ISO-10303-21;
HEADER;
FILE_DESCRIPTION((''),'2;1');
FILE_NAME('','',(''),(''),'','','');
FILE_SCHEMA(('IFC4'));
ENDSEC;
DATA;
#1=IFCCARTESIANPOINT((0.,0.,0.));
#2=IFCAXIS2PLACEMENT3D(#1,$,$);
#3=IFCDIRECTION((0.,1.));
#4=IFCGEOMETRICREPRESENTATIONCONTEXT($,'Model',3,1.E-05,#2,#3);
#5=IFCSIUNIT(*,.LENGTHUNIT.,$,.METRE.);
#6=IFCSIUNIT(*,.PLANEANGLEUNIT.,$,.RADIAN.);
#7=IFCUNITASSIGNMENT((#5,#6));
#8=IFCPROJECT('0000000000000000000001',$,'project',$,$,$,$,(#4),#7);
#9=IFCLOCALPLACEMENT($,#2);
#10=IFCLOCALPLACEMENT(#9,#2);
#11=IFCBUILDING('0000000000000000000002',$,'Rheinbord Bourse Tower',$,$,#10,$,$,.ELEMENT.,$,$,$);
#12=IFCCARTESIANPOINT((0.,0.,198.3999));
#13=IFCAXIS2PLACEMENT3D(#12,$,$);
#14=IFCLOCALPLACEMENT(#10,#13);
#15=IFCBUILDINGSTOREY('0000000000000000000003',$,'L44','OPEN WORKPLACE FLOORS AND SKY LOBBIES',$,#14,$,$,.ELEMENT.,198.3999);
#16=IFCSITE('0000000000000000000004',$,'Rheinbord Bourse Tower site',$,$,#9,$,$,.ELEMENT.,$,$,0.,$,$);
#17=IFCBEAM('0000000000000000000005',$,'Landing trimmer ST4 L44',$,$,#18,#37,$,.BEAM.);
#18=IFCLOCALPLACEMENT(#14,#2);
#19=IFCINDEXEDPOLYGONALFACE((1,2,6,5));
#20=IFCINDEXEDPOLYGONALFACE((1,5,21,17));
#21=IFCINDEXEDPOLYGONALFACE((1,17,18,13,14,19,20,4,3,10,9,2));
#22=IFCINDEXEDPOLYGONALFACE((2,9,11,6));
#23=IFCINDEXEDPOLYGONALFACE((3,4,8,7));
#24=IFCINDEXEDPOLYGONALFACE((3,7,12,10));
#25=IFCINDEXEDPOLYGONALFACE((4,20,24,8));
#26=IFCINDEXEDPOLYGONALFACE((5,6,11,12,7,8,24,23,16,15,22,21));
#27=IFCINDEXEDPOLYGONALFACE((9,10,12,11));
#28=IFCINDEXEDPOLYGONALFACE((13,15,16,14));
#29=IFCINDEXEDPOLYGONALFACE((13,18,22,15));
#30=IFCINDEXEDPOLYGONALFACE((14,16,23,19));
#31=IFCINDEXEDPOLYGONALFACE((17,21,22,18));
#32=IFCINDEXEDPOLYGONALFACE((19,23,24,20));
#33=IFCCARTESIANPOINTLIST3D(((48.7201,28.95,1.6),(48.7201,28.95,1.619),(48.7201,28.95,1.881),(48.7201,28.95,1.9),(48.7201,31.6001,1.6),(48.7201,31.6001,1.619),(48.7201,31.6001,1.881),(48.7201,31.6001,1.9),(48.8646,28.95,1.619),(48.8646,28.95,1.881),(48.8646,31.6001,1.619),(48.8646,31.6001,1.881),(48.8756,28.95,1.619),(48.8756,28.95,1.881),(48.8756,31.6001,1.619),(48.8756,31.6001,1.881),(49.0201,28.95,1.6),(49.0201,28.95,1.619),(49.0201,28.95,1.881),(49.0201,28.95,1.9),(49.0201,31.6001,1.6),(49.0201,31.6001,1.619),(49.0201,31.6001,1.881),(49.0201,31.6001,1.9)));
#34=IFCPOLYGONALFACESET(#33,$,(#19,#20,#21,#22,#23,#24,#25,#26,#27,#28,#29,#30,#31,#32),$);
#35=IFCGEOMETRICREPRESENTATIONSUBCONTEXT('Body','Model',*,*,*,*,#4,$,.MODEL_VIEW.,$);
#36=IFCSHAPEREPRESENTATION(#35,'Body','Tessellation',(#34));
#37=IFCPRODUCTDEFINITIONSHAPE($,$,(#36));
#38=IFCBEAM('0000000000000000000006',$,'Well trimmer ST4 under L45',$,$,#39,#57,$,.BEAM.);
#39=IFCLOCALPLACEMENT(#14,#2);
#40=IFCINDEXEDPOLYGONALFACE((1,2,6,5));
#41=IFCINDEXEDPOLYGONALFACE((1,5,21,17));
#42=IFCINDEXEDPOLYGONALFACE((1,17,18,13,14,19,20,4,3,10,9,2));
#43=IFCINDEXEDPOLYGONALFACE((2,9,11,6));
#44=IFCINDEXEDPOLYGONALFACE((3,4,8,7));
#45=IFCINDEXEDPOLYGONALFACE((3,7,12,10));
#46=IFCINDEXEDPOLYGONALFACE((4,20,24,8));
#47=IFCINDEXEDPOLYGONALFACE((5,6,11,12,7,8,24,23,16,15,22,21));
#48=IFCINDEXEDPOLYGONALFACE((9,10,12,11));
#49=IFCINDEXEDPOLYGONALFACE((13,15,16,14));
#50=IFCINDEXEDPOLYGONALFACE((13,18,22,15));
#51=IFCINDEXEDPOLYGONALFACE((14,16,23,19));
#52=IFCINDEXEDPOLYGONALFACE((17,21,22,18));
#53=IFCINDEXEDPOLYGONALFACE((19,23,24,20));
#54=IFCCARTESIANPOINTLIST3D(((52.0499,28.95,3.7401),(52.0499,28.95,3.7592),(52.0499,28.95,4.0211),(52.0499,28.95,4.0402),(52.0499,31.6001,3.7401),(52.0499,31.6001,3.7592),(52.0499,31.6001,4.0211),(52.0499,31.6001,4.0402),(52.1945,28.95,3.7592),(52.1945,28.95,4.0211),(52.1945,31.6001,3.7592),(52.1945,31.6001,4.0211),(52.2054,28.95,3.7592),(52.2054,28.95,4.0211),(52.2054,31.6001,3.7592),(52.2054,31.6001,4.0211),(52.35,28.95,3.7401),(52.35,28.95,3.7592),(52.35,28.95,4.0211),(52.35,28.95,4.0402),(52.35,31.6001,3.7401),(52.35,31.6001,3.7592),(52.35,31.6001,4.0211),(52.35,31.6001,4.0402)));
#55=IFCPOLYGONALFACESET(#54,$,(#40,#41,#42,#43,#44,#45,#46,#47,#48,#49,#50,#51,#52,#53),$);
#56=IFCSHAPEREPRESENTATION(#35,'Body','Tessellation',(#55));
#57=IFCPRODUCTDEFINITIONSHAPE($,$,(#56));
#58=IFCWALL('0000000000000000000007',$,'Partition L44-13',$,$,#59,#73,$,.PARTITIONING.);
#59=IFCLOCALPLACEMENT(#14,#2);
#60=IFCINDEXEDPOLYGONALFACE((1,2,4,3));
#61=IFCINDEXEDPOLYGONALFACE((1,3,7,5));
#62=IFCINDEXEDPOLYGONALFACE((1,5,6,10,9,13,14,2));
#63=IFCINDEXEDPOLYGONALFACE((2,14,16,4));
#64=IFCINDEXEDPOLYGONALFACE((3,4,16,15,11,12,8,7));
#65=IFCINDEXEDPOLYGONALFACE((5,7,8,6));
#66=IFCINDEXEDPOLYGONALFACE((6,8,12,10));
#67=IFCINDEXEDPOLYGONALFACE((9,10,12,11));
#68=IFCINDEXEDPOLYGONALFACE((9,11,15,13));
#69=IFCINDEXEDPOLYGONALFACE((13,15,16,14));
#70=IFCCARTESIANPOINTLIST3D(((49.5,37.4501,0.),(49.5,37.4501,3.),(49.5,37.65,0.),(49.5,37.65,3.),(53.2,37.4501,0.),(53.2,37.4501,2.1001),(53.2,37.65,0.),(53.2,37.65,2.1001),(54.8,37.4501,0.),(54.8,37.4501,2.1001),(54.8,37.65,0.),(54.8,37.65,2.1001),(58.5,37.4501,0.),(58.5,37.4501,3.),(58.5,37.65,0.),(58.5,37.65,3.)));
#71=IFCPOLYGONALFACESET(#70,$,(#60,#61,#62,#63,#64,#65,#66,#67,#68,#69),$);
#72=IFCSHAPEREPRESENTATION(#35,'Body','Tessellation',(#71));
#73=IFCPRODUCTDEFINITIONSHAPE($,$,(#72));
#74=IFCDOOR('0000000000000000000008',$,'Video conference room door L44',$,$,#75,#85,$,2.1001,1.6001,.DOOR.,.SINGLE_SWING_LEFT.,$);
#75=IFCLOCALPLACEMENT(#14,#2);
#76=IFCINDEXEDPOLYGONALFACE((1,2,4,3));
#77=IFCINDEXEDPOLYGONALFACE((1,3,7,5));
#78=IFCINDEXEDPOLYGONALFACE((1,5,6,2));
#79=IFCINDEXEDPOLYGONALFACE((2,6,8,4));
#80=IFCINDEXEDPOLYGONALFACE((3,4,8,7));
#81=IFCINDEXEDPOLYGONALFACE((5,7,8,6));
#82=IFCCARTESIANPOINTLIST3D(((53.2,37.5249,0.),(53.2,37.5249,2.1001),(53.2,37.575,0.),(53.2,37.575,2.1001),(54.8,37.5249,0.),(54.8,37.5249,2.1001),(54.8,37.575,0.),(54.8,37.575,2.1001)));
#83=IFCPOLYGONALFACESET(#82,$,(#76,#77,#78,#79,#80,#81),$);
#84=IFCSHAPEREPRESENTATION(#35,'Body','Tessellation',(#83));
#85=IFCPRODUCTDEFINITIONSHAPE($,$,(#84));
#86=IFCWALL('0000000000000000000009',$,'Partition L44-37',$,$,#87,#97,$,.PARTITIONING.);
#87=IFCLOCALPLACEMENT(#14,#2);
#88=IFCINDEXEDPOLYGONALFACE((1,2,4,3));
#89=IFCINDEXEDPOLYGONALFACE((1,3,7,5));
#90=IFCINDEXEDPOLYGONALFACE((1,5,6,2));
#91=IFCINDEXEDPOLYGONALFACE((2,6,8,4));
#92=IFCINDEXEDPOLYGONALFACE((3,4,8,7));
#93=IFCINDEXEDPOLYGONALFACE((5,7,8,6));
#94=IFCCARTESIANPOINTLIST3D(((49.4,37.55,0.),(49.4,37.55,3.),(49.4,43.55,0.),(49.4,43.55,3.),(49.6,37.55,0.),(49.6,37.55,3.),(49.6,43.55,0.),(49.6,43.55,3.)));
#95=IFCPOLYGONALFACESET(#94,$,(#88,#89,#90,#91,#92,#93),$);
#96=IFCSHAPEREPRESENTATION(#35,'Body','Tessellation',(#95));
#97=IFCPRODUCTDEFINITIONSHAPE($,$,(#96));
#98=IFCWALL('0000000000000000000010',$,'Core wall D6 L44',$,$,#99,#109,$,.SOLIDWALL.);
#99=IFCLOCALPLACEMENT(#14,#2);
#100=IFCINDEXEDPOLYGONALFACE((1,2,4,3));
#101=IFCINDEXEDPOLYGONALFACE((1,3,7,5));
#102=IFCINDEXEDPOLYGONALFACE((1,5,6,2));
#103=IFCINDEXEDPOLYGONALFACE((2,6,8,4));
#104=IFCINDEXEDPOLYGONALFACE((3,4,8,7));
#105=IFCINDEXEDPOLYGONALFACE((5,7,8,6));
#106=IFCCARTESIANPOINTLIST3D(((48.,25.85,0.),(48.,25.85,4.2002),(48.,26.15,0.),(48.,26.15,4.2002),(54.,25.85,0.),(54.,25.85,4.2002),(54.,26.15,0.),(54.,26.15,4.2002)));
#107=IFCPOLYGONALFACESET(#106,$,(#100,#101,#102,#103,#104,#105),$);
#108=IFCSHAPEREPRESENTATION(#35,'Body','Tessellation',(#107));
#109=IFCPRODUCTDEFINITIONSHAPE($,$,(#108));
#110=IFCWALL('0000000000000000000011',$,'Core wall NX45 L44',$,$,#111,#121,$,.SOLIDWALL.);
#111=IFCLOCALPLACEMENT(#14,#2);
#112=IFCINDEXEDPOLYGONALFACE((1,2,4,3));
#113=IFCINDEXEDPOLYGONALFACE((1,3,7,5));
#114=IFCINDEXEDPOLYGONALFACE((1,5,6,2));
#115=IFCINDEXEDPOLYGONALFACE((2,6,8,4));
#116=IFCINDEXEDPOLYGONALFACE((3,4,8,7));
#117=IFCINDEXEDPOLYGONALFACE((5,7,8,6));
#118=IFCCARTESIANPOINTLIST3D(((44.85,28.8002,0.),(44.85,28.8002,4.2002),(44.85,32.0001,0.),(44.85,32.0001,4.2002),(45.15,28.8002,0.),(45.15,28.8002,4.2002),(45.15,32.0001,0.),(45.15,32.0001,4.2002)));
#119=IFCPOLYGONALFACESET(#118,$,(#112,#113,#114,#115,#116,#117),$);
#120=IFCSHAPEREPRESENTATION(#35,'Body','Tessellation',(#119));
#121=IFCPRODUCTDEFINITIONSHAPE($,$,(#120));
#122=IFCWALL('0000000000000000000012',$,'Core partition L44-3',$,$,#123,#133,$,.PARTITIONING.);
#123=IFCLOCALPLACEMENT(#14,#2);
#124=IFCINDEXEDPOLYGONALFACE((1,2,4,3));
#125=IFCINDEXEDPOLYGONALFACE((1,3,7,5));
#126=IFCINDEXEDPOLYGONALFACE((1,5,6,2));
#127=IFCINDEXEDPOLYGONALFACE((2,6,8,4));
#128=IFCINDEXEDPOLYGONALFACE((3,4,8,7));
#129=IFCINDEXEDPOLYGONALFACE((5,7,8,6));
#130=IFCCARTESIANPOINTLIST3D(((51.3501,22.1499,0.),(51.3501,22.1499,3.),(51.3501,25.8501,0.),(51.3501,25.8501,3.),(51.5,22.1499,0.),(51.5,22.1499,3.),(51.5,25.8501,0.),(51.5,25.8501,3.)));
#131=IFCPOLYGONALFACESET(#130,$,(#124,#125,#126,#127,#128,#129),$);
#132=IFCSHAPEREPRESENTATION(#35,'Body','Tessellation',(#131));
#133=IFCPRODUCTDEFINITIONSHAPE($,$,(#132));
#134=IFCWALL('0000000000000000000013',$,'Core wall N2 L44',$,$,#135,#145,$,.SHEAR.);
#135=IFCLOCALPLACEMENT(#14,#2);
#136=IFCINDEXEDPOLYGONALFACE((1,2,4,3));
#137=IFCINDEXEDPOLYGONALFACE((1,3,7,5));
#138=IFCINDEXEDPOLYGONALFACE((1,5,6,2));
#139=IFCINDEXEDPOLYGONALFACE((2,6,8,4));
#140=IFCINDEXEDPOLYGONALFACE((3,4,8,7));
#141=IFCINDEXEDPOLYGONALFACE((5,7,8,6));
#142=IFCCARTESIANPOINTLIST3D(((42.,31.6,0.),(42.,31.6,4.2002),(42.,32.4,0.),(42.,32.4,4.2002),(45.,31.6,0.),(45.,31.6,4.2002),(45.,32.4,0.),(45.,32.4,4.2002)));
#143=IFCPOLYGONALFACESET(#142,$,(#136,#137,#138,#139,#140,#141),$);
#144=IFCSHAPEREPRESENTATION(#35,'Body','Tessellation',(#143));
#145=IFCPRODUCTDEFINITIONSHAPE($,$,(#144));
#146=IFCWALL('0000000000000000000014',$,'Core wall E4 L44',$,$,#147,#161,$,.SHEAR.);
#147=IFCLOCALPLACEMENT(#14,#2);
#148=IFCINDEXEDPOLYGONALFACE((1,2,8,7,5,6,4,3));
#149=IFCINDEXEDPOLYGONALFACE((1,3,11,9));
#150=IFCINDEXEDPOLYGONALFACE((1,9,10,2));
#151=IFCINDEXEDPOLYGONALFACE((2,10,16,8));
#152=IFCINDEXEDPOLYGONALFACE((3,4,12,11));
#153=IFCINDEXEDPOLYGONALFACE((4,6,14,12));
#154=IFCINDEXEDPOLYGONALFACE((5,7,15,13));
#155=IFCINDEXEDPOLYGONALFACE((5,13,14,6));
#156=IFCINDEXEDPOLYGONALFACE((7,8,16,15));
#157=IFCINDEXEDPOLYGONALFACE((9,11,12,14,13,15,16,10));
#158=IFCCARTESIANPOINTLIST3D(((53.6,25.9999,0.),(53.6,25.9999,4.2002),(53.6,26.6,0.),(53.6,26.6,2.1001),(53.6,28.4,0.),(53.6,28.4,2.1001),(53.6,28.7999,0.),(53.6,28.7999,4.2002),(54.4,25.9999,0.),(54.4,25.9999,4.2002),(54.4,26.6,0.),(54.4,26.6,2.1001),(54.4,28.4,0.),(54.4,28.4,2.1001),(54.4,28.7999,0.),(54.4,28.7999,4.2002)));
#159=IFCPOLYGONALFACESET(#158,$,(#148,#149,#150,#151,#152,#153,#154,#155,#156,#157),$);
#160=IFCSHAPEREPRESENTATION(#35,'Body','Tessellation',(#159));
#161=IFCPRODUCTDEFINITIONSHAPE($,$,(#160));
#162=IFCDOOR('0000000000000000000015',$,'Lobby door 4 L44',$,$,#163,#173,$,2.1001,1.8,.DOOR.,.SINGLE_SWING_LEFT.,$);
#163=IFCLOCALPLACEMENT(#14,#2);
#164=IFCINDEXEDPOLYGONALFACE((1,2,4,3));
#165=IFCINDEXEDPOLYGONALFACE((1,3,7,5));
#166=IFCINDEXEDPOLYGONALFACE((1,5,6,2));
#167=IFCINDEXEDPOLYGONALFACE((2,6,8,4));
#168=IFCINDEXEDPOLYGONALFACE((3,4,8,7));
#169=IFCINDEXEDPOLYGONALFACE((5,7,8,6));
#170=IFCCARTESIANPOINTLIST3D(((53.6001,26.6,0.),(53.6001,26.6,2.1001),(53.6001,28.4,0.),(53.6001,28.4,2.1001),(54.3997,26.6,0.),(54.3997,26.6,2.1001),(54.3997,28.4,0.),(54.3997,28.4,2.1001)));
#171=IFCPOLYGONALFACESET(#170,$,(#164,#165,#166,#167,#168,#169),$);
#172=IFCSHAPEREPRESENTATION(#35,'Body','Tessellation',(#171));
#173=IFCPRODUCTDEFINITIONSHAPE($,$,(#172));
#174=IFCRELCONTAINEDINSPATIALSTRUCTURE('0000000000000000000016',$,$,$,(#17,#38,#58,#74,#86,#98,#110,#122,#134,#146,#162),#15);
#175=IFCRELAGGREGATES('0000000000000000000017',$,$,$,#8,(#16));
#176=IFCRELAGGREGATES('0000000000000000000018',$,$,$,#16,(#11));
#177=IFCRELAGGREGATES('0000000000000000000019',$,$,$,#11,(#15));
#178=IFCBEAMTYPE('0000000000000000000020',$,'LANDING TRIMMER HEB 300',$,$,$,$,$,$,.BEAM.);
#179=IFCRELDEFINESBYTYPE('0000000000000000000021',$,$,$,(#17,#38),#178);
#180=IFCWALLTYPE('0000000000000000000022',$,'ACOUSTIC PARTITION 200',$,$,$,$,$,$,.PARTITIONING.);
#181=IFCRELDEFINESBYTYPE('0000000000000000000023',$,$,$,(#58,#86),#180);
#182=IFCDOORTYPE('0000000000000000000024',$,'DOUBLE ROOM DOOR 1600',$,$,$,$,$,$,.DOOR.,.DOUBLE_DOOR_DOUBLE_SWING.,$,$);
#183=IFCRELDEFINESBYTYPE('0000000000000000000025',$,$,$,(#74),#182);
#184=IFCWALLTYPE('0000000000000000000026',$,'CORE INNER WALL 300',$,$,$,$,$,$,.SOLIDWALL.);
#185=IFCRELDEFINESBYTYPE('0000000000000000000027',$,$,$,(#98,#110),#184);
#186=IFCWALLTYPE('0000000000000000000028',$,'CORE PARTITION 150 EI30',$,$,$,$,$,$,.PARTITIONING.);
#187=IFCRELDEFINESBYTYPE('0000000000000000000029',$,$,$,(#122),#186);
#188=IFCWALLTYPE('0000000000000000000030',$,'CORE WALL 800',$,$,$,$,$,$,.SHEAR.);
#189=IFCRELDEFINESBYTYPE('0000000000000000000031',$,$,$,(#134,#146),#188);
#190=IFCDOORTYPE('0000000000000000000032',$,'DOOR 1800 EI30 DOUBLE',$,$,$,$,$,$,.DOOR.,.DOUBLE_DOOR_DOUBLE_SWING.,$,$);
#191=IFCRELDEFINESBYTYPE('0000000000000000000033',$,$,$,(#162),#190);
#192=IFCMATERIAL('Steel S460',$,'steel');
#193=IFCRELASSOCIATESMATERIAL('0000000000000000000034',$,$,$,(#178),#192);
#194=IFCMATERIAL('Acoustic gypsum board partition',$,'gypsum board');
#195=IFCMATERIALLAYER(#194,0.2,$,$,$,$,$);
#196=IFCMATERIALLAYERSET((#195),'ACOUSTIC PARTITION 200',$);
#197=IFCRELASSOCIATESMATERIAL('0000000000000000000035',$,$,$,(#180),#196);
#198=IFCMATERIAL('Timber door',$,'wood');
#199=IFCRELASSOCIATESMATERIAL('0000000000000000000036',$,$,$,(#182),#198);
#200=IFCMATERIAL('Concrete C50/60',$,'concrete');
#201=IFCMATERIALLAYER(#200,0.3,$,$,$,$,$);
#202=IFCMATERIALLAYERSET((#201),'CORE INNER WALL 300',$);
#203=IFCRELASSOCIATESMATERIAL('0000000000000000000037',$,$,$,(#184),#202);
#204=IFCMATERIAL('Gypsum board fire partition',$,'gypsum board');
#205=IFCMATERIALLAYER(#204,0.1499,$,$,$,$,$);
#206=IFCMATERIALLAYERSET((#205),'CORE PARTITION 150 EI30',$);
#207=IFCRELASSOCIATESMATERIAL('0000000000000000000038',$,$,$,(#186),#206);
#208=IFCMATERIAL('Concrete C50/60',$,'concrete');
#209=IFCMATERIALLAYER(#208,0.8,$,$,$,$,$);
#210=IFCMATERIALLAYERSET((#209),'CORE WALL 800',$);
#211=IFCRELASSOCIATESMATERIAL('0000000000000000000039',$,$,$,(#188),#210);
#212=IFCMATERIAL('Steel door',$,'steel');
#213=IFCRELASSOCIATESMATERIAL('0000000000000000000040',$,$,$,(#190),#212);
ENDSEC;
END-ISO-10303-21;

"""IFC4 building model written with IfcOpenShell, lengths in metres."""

from ifc_helpers import new_model, si_unit, direction, frame, frame_2d, origin, origin_2d, place, context, subcontext, project, spatial, rectangle, i_section, extrude, material, layer, layer_set, material_profile, profile_set, type_object, element, fill, save


model = new_model("IFC4")

# Units and contexts
model_context = context("Model", 3, precision=1e-05, world=origin(), true_north=direction((0.0, 1.0)))
body_context = subcontext(model_context, "Body", "Model", "MODEL_VIEW")
ifc_project = project(units=[si_unit("LENGTHUNIT", "METRE"), si_unit("PLANEANGLEUNIT", "RADIAN")], contexts=[model_context])

# Site, building, storey
site_placement = place(None, origin())
site = spatial("IfcSite", under=ifc_project, at=site_placement, Name="Rheinbord Bourse Tower site", CompositionType="ELEMENT", RefElevation=0.0)
building_placement = place(site_placement, origin())
building = spatial("IfcBuilding", under=site, at=building_placement, Name="Rheinbord Bourse Tower", CompositionType="ELEMENT")
storey_placement = place(building_placement, frame((0.0, 0.0, 198.3999)))
storey = spatial("IfcBuildingStorey", under=building, at=storey_placement, Name="L44", Description="OPEN WORKPLACE FLOORS AND SKY LOBBIES", CompositionType="ELEMENT", Elevation=198.3999)

# Beams
ifc_material_1 = material(Name="Steel S460", Category="steel")
ifc_material_profile = material_profile(ifc_material_1, i_section(OverallWidth=0.3, OverallDepth=0.3, WebThickness=0.011, FlangeThickness=0.019, at=origin_2d()), Name="HEB 300")
ifc_profile_set = profile_set([ifc_material_profile], Name="Steel S460")
beam_type = type_object("IfcBeamType", Name="LANDING TRIMMER HEB 300", PredefinedType="BEAM", material=ifc_profile_set)
for number, where, z_axis, x_axis, name in (
    (1, (48.8701, 28.95, 1.75), (0.0, 1.0, 0.0), (-1.0, 0.0, 0.0), "Landing trimmer ST4 L44"),
    (2, (52.2, 28.95, 3.8901), (0.0, 1.0, 0.0), (-1.0, 0.0, 0.0), "Well trimmer ST4 under L45"),
):
    element("IfcBeam", number, at=place(storey_placement, frame(where, z_axis=z_axis, x_axis=x_axis)), inside=storey, type_object=beam_type, Name=name, PredefinedType="BEAM", context=body_context, shape_type="SweptSolid", body=[
        extrude(i_section(OverallWidth=0.3, OverallDepth=0.3, WebThickness=0.011, FlangeThickness=0.019, at=origin_2d()), origin(), (0.0, 0.0, 1.0), 2.6501),
    ])

# Wall, opening, door
ifc_material_2 = material(Name="Acoustic gypsum board partition", Category="gypsum board")
ifc_layer_1 = layer(ifc_material_2, 0.2)
ifc_layer_set_1 = layer_set([ifc_layer_1], Name="ACOUSTIC PARTITION 200")
wall_type_1 = type_object("IfcWallType", Name="ACOUSTIC PARTITION 200", PredefinedType="PARTITIONING", material=ifc_layer_set_1)
wall_1_placement = place(storey_placement, frame((49.5, 37.55, 0.0), z_axis=(0.0, 0.0, 1.0), x_axis=(1.0, 0.0, 0.0)))
wall_1 = element("IfcWall", 3, at=wall_1_placement, inside=storey, type_object=wall_type_1, Name="Partition L44-13", PredefinedType="PARTITIONING", context=body_context, shape_type="SweptSolid", body=[
    extrude(rectangle(XDim=9.0, YDim=0.2, at=frame_2d((4.5, 0.0))), origin(), (0.0, 0.0, 1.0), 3.0),
])
opening_1_placement = place(wall_1_placement, frame((3.7, 0.0, 0.0)))
opening_1 = element("IfcOpeningElement", 4, at=opening_1_placement, cuts=wall_1, PredefinedType="OPENING", context=body_context, shape_type="SweptSolid", body=[
    extrude(rectangle(XDim=1.6001, YDim=2.1001, at=frame_2d((0.8, 1.05))), frame((0.0, 0.1099, 0.0), z_axis=(0.0, -1.0, 0.0), x_axis=(1.0, 0.0, 0.0)), (0.0, 0.0, 1.0), 0.22),
])
ifc_material_3 = material(Name="Timber door", Category="wood")
door_type_1 = type_object("IfcDoorType", Name="DOUBLE ROOM DOOR 1600", OperationType="DOUBLE_DOOR_DOUBLE_SWING", PredefinedType="DOOR", material=ifc_material_3)
door_1_placement = place(opening_1_placement, origin())
door_1 = element("IfcDoor", 5, at=door_1_placement, inside=storey, type_object=door_type_1, Name="Video conference room door L44", OperationType="SINGLE_SWING_LEFT", OverallHeight=2.1001, OverallWidth=1.6001, PredefinedType="DOOR", context=body_context, shape_type="SweptSolid", body=[
    extrude(rectangle(XDim=1.6001, YDim=2.1001, at=frame_2d((0.8, 1.05))), frame((0.0, 0.0249, 0.0), z_axis=(0.0, -1.0, 0.0), x_axis=(1.0, 0.0, 0.0)), (0.0, 0.0, 1.0), 0.05),
])
fill(opening_1, door_1)

# Walls
wall_2_placement = place(storey_placement, frame((49.5, 37.55, 0.0), z_axis=(0.0, 0.0, 1.0), x_axis=(0.0, 1.0, 0.0)))
element("IfcWall", 6, at=wall_2_placement, inside=storey, type_object=wall_type_1, Name="Partition L44-37", PredefinedType="PARTITIONING", context=body_context, shape_type="SweptSolid", body=[
    extrude(rectangle(XDim=6.0, YDim=0.2, at=frame_2d((3.0, 0.0))), origin(), (0.0, 0.0, 1.0), 3.0),
])
ifc_material_4 = material(Name="Concrete C50/60", Category="concrete")
ifc_layer_2 = layer(ifc_material_4, 0.3)
ifc_layer_set_2 = layer_set([ifc_layer_2], Name="CORE INNER WALL 300")
wall_type_2 = type_object("IfcWallType", Name="CORE INNER WALL 300", PredefinedType="SOLIDWALL", material=ifc_layer_set_2)
wall_3_placement = place(storey_placement, frame((48.0, 26.0, 0.0), z_axis=(0.0, 0.0, 1.0), x_axis=(1.0, 0.0, 0.0)))
element("IfcWall", 7, at=wall_3_placement, inside=storey, type_object=wall_type_2, Name="Core wall D6 L44", PredefinedType="SOLIDWALL", context=body_context, shape_type="SweptSolid", body=[
    extrude(rectangle(XDim=6.0, YDim=0.3, at=frame_2d((3.0, 0.0))), origin(), (0.0, 0.0, 1.0), 4.2002),
])
wall_4_placement = place(storey_placement, frame((45.0, 28.8, 0.0), z_axis=(0.0, 0.0, 1.0), x_axis=(0.0, 1.0, 0.0)))
element("IfcWall", 8, at=wall_4_placement, inside=storey, type_object=wall_type_2, Name="Core wall NX45 L44", PredefinedType="SOLIDWALL", context=body_context, shape_type="SweptSolid", body=[
    extrude(rectangle(XDim=3.2, YDim=0.3, at=frame_2d((1.6001, 0.0))), origin(), (0.0, 0.0, 1.0), 4.2002),
])
ifc_material_5 = material(Name="Gypsum board fire partition", Category="gypsum board")
ifc_layer_3 = layer(ifc_material_5, 0.1499)
ifc_layer_set_3 = layer_set([ifc_layer_3], Name="CORE PARTITION 150 EI30")
wall_type_3 = type_object("IfcWallType", Name="CORE PARTITION 150 EI30", PredefinedType="PARTITIONING", material=ifc_layer_set_3)
wall_5_placement = place(storey_placement, frame((51.425, 22.1499, 0.0), z_axis=(0.0, 0.0, 1.0), x_axis=(0.0, 1.0, 0.0)))
element("IfcWall", 9, at=wall_5_placement, inside=storey, type_object=wall_type_3, Name="Core partition L44-3", PredefinedType="PARTITIONING", context=body_context, shape_type="SweptSolid", body=[
    extrude(rectangle(XDim=3.7002, YDim=0.1499, at=frame_2d((1.8501, 0.0))), origin(), (0.0, 0.0, 1.0), 3.0),
])
ifc_material_6 = material(Name="Concrete C50/60", Category="concrete")
ifc_layer_4 = layer(ifc_material_6, 0.8)
ifc_layer_set_4 = layer_set([ifc_layer_4], Name="CORE WALL 800")
wall_type_4 = type_object("IfcWallType", Name="CORE WALL 800", PredefinedType="SHEAR", material=ifc_layer_set_4)
wall_6_placement = place(storey_placement, frame((45.0, 32.0, 0.0), z_axis=(0.0, 0.0, 1.0), x_axis=(-1.0, 0.0, 0.0)))
element("IfcWall", 10, at=wall_6_placement, inside=storey, type_object=wall_type_4, Name="Core wall N2 L44", PredefinedType="SHEAR", context=body_context, shape_type="SweptSolid", body=[
    extrude(rectangle(XDim=3.0, YDim=0.8, at=frame_2d((1.5, 0.0))), origin(), (0.0, 0.0, 1.0), 4.2002),
])

# Wall, opening, door
wall_7_placement = place(storey_placement, frame((54.0, 26.0, 0.0), z_axis=(0.0, 0.0, 1.0), x_axis=(0.0, 1.0, 0.0)))
wall_7 = element("IfcWall", 11, at=wall_7_placement, inside=storey, type_object=wall_type_4, Name="Core wall E4 L44", PredefinedType="SHEAR", context=body_context, shape_type="SweptSolid", body=[
    extrude(rectangle(XDim=2.8, YDim=0.8, at=frame_2d((1.3999, 0.0))), origin(), (0.0, 0.0, 1.0), 4.2002),
])
opening_2_placement = place(wall_7_placement, frame((0.6001, 0.0, 0.0)))
opening_2 = element("IfcOpeningElement", 12, at=opening_2_placement, cuts=wall_7, PredefinedType="OPENING", context=body_context, shape_type="SweptSolid", body=[
    extrude(rectangle(XDim=1.8, YDim=2.1001, at=frame_2d((0.8999, 1.05))), frame((0.0, 0.4099, 0.0), z_axis=(0.0, -1.0, 0.0), x_axis=(1.0, 0.0, 0.0)), (0.0, 0.0, 1.0), 0.8201),
])
ifc_material_7 = material(Name="Steel door", Category="steel")
door_type_2 = type_object("IfcDoorType", Name="DOOR 1800 EI30 DOUBLE", OperationType="DOUBLE_DOOR_DOUBLE_SWING", PredefinedType="DOOR", material=ifc_material_7)
door_2_placement = place(opening_2_placement, origin())
door_2 = element("IfcDoor", 13, at=door_2_placement, inside=storey, type_object=door_type_2, Name="Lobby door 4 L44", OperationType="SINGLE_SWING_LEFT", OverallHeight=2.1001, OverallWidth=1.8, PredefinedType="DOOR", context=body_context, shape_type="SweptSolid", body=[
    extrude(rectangle(XDim=1.8, YDim=2.1001, at=frame_2d((0.8999, 1.05))), frame((0.0, 0.3999, 0.0), z_axis=(0.0, -1.0, 0.0), x_axis=(1.0, 0.0, 0.0)), (0.0, 0.0, 1.0), 0.7996),
])
fill(opening_2, door_2)

save(model, "model.ifc")
